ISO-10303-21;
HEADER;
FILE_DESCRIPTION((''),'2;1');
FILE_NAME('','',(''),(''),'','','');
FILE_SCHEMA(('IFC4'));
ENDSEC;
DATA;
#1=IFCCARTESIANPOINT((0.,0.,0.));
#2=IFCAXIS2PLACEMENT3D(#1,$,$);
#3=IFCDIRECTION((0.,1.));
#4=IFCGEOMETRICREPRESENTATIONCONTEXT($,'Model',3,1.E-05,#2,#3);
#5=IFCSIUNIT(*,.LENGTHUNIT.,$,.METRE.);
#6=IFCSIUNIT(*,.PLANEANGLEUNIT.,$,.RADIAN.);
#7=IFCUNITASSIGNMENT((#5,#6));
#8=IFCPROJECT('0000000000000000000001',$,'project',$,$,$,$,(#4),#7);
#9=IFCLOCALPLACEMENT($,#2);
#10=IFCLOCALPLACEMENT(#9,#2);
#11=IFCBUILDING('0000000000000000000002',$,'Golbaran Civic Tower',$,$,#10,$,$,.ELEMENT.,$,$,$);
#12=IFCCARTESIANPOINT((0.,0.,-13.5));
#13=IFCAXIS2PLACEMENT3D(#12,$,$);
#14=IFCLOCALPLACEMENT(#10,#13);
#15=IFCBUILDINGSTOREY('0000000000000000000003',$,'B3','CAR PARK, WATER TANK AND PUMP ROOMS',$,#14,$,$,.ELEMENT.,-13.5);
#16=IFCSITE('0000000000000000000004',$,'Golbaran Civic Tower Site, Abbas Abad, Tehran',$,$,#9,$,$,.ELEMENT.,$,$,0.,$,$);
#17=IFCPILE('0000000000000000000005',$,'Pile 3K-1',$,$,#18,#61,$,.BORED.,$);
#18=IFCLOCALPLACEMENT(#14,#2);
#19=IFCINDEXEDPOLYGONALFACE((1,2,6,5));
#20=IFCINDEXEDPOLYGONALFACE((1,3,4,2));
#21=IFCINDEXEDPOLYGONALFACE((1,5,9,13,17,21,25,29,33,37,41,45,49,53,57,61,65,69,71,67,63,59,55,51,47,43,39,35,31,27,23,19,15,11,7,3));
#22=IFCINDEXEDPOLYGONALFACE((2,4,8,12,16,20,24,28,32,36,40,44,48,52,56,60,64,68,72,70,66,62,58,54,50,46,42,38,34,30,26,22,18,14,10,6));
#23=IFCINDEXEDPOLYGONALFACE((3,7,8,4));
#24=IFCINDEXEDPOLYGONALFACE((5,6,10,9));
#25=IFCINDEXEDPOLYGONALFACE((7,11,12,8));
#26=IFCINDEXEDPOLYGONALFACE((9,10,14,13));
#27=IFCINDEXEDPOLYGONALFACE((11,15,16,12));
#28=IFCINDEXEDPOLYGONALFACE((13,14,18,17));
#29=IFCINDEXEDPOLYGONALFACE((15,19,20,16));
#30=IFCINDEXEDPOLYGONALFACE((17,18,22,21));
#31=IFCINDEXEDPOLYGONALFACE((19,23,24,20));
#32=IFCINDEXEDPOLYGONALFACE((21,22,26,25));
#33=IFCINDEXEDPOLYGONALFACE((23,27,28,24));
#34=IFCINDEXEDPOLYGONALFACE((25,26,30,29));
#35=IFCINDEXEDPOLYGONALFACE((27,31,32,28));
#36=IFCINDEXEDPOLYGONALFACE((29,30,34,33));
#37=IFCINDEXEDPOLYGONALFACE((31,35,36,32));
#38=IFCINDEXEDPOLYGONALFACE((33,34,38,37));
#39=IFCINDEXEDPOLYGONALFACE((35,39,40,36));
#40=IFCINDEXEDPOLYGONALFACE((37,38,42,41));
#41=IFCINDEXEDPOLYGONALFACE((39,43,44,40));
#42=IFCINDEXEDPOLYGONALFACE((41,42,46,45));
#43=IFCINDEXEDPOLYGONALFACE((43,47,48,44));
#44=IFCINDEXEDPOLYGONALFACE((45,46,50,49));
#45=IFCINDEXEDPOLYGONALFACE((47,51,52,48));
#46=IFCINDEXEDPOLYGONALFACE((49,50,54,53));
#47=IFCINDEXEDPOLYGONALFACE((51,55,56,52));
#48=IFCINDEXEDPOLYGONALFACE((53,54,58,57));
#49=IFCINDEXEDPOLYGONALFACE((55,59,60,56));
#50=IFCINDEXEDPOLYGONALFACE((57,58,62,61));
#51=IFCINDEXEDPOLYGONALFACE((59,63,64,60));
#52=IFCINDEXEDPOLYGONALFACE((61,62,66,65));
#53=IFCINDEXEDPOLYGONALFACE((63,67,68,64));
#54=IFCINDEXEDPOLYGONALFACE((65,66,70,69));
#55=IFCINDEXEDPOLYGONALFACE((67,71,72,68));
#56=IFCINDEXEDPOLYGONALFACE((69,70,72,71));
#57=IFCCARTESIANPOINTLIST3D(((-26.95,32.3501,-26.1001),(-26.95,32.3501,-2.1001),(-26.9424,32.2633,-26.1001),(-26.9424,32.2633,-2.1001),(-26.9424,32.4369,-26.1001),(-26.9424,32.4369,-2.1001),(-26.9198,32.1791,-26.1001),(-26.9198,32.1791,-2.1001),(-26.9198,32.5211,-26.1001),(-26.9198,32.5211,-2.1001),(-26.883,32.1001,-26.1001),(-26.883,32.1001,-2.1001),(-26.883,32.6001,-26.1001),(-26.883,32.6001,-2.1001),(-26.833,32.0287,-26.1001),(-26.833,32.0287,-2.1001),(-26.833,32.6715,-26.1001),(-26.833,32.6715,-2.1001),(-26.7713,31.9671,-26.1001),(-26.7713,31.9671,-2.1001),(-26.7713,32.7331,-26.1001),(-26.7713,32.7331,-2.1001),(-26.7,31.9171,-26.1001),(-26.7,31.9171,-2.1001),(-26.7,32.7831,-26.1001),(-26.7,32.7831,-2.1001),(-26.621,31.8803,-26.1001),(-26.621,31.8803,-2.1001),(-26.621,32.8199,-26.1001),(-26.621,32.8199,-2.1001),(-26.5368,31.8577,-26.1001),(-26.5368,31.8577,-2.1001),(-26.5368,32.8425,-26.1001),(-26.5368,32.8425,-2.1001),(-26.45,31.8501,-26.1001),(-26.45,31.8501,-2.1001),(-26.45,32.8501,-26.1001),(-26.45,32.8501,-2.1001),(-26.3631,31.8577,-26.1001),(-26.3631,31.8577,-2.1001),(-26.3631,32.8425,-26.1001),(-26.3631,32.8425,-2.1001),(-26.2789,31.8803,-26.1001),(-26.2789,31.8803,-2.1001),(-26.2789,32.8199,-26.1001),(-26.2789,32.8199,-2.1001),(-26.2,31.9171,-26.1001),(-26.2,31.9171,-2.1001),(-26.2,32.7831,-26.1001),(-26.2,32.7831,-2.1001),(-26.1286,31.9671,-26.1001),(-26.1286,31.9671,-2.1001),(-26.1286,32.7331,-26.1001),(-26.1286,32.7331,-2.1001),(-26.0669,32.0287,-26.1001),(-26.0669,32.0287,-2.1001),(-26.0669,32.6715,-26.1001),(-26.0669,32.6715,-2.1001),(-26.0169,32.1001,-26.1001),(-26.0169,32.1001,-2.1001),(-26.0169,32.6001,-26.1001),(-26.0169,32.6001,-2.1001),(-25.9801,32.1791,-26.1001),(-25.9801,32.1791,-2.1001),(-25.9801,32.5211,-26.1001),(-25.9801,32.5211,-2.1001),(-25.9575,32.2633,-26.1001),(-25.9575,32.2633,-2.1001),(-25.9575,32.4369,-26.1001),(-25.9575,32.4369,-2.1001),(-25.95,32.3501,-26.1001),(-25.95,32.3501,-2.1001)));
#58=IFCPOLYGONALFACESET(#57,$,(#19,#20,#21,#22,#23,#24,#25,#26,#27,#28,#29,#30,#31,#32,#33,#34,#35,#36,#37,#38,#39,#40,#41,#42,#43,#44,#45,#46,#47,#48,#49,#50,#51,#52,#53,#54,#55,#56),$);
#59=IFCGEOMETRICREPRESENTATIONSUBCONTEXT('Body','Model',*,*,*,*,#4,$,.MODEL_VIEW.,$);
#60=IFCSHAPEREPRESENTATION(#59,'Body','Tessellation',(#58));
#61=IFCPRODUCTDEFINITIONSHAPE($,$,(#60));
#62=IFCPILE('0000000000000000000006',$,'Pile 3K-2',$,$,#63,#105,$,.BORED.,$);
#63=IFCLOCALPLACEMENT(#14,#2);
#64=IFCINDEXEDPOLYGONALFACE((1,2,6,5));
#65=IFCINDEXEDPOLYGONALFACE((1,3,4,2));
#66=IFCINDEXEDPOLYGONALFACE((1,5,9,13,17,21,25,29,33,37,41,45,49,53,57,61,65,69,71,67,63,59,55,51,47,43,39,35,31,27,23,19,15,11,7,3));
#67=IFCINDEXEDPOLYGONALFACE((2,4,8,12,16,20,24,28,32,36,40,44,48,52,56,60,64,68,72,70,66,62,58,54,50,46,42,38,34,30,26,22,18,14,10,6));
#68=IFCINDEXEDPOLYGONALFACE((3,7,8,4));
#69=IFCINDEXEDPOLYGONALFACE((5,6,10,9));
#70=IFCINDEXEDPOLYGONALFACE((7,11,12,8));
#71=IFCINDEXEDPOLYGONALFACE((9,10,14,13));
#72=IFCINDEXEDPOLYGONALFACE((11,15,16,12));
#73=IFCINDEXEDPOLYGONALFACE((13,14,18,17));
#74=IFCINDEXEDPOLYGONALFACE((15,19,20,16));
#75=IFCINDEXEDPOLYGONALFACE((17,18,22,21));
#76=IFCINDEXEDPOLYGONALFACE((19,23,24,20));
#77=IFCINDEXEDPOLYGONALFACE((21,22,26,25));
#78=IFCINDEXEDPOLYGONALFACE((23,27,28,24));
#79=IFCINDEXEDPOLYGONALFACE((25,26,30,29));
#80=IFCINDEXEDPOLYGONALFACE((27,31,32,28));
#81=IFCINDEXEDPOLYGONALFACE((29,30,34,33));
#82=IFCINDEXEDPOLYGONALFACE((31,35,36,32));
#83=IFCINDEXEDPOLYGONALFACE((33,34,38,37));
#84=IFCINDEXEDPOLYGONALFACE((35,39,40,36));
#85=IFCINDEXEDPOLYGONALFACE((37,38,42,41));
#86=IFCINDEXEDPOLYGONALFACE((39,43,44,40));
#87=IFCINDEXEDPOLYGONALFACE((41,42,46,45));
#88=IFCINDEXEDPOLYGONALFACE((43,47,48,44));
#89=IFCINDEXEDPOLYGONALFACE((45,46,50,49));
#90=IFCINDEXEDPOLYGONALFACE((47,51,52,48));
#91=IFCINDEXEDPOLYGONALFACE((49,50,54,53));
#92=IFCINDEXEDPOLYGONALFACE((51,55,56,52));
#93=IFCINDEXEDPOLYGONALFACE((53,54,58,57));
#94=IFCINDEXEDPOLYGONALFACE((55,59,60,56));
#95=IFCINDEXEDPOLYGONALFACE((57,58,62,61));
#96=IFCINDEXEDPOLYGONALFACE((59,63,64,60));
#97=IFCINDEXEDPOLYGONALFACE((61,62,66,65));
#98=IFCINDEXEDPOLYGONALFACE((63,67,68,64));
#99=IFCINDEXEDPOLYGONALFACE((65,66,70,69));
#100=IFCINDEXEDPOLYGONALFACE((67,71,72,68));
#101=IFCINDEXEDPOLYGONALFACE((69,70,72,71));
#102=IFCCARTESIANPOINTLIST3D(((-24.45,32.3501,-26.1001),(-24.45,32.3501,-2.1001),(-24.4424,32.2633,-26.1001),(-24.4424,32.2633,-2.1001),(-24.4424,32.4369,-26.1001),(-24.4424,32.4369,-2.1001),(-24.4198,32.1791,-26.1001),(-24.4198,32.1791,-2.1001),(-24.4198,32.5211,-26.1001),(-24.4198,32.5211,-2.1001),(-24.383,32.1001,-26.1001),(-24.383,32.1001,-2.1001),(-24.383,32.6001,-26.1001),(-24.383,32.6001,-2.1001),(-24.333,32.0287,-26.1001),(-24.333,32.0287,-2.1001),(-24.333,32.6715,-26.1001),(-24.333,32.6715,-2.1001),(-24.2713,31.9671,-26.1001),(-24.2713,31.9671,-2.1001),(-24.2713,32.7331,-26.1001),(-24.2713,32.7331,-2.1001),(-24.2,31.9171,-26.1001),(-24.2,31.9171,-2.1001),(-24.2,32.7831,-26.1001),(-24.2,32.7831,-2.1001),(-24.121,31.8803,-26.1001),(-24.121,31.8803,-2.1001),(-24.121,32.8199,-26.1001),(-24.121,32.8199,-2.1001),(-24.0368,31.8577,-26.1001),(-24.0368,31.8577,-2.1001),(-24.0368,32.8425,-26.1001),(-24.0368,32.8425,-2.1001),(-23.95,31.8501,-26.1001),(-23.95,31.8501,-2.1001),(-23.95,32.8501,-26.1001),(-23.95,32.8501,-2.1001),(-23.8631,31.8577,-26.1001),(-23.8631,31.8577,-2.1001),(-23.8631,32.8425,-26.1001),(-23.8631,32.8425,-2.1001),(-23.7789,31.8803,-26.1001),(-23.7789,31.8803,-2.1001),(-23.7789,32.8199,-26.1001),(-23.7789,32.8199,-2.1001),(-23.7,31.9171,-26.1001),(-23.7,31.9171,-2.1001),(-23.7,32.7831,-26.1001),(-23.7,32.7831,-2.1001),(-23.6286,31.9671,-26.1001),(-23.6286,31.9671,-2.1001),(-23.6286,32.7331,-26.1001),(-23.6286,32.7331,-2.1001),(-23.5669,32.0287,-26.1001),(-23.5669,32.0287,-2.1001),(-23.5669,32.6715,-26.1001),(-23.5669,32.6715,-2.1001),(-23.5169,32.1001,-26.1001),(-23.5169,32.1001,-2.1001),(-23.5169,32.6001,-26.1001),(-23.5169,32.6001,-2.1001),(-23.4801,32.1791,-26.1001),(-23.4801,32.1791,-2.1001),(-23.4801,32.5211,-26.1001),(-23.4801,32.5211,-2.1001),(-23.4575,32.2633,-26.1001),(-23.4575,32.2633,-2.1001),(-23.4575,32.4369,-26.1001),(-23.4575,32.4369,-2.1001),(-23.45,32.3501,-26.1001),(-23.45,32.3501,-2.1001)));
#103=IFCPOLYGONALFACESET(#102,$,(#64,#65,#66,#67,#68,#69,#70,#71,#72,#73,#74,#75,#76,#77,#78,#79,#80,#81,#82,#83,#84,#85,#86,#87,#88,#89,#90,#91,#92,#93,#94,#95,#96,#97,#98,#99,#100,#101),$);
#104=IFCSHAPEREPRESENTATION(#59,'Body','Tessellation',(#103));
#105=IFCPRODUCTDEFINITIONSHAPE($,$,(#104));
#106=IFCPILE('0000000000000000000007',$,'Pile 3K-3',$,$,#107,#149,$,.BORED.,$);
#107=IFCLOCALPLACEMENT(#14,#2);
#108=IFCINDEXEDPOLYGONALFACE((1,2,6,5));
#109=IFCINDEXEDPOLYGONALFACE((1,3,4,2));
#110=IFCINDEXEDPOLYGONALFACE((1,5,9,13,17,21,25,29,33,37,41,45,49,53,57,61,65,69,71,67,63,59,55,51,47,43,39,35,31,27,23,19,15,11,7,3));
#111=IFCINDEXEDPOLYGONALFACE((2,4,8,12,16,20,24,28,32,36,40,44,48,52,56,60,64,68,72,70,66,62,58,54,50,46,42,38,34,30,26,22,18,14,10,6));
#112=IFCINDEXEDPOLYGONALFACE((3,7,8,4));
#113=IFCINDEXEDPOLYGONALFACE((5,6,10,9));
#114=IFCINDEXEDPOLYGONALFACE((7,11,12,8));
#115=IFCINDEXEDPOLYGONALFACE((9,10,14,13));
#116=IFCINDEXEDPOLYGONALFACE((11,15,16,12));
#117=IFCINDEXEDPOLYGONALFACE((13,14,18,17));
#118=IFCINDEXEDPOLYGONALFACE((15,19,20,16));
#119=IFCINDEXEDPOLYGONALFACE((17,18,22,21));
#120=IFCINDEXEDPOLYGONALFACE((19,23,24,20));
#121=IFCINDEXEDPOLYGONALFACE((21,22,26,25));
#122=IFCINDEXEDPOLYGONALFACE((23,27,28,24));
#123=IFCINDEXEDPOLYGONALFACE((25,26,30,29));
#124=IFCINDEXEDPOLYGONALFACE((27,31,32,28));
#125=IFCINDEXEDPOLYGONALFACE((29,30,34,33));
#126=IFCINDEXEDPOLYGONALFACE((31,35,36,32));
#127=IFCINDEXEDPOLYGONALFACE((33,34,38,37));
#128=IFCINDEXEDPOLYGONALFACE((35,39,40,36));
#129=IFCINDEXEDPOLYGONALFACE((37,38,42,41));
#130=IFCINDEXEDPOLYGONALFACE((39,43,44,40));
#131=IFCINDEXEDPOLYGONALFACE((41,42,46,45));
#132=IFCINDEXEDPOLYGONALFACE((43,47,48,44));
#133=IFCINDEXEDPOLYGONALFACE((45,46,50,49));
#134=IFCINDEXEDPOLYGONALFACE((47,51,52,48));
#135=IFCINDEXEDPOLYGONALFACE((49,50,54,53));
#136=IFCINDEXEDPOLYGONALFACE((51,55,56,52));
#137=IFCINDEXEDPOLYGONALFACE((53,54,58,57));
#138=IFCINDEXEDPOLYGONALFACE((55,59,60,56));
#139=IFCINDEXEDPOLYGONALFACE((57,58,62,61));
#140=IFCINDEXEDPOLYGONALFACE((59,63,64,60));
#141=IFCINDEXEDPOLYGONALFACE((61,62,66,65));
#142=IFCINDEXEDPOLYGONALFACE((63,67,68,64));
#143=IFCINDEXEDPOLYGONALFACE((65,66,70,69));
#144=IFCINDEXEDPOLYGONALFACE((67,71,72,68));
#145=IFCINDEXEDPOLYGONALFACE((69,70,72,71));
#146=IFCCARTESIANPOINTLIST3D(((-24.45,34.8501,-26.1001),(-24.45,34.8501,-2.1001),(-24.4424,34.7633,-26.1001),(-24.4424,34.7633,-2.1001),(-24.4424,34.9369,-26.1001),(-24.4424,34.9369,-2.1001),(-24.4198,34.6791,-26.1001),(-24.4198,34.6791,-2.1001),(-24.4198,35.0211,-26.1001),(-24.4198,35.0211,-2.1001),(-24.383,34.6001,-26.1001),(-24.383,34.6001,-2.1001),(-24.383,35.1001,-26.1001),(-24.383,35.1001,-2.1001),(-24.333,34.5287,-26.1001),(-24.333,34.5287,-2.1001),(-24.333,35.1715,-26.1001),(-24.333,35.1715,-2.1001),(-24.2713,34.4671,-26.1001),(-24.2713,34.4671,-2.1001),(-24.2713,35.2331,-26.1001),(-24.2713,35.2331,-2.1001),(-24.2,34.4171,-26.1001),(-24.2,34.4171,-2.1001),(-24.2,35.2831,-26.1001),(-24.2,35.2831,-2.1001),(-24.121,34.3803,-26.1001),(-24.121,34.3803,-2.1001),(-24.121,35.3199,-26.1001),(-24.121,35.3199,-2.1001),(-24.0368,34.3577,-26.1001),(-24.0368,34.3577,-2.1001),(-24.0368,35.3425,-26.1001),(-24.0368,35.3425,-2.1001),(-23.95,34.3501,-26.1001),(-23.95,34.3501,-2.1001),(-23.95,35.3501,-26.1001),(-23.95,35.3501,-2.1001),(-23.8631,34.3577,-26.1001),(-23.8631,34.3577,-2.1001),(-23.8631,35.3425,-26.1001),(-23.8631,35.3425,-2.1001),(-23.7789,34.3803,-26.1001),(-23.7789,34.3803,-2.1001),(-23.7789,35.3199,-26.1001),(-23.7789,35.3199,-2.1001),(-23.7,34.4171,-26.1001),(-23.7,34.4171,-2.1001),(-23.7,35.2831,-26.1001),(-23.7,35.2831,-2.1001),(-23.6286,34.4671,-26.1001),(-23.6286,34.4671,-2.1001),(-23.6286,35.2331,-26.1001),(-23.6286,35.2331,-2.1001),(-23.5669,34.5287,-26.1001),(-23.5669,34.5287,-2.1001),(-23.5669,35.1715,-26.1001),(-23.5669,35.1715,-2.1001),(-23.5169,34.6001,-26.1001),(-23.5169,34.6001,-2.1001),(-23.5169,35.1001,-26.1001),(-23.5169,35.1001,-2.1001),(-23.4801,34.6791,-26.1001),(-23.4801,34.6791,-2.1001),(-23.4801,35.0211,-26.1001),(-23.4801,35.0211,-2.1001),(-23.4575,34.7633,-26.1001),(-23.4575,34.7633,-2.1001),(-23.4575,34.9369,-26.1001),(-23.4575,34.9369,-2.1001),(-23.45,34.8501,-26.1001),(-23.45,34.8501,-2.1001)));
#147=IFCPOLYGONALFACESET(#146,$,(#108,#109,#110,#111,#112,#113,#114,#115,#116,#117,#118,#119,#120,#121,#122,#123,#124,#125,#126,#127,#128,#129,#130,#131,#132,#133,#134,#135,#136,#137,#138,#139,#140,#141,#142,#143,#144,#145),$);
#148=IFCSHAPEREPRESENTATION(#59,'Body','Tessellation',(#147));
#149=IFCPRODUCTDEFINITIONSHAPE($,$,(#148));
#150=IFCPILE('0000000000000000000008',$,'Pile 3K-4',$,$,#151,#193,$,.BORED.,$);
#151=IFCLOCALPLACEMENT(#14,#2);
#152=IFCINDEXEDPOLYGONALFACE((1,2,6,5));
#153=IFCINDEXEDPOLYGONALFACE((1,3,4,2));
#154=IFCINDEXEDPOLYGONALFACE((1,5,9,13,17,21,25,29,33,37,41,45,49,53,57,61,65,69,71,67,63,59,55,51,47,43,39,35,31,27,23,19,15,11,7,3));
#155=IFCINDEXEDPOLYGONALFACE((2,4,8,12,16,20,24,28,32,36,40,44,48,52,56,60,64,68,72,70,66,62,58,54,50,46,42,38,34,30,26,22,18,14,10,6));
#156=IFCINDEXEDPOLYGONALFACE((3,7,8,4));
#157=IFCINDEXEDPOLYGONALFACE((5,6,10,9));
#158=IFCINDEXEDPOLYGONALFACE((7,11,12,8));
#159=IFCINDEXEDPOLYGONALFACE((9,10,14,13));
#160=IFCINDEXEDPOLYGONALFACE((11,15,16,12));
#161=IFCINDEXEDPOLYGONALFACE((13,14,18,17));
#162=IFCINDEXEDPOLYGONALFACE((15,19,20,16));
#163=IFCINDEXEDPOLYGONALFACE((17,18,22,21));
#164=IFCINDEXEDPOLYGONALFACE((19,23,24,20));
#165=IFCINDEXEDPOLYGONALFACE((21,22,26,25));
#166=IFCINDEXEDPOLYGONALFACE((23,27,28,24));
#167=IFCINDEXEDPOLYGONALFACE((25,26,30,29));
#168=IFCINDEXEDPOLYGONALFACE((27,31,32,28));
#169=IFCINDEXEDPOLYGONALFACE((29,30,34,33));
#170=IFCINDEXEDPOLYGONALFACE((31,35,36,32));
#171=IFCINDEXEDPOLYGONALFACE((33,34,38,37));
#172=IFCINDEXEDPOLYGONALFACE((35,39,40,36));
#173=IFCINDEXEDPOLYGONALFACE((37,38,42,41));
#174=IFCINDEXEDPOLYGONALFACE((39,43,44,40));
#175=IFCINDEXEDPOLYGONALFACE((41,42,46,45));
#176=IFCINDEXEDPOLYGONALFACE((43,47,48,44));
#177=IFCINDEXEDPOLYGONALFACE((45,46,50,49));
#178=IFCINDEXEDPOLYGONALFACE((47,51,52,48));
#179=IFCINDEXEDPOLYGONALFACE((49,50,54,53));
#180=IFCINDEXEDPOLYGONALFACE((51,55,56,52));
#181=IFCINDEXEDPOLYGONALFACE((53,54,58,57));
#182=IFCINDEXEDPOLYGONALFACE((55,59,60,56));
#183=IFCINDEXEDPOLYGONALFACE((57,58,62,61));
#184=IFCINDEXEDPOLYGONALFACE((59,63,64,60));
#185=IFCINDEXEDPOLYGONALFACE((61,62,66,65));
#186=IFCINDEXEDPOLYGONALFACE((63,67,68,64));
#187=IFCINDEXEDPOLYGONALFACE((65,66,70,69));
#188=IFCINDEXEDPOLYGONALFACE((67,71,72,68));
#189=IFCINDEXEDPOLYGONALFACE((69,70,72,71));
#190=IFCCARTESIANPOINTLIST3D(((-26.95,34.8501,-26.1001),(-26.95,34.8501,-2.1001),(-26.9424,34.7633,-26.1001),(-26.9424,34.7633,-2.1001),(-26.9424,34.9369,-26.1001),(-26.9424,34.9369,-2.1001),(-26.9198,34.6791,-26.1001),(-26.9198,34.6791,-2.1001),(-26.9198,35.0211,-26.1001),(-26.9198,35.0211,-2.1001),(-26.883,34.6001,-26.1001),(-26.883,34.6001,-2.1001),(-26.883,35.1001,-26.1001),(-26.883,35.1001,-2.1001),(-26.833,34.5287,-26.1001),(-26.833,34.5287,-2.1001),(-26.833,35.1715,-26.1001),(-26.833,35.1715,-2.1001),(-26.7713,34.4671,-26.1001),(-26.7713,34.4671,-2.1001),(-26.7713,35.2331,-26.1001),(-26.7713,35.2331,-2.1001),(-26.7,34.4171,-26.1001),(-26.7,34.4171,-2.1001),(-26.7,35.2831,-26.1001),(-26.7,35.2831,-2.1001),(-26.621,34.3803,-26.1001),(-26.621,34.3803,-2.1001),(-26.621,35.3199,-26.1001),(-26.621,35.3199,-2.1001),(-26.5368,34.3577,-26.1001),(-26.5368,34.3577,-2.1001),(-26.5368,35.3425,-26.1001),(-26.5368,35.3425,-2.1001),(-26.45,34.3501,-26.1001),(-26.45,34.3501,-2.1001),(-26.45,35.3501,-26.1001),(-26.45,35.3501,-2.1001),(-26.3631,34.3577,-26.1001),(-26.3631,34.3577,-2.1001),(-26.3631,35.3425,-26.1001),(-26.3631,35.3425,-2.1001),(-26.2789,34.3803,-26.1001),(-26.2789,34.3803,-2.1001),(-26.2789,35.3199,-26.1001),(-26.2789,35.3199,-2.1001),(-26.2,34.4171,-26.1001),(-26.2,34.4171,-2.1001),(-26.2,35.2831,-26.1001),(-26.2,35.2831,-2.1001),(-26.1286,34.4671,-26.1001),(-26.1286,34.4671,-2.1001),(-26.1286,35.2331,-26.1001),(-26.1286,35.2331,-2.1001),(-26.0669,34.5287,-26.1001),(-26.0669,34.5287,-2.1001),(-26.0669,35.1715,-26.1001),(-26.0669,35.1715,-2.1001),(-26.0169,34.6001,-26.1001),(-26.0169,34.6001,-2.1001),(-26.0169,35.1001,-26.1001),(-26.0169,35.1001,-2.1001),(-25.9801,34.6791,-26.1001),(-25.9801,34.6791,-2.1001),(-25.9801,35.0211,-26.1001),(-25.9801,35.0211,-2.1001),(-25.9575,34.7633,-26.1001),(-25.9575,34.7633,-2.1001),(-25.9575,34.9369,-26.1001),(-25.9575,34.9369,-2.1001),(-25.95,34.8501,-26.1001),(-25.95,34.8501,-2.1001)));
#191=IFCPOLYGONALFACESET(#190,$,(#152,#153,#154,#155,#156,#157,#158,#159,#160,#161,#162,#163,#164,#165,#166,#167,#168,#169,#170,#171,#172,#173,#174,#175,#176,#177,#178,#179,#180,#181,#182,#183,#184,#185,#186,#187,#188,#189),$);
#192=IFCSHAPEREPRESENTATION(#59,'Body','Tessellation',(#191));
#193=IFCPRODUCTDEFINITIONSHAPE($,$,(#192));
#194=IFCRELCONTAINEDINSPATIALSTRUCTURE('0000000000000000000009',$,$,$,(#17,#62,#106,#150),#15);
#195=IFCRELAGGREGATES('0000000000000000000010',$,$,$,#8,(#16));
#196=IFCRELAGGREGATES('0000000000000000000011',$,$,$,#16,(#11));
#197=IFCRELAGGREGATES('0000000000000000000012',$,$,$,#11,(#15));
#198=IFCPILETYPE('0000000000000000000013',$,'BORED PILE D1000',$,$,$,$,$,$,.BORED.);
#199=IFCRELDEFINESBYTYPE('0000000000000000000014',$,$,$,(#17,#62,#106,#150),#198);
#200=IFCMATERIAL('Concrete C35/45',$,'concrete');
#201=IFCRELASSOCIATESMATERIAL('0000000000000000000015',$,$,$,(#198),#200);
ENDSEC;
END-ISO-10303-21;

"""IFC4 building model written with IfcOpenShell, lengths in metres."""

from ifc_helpers import new_model, si_unit, direction, frame, origin, origin_2d, place, context, subcontext, project, spatial, circle, extrude, material, material_profile, profile_set, type_object, element, save


model = new_model("IFC4")

# Units and contexts
model_context = context("Model", 3, precision=1e-05, world=origin(), true_north=direction((0.0, 1.0)))
body_context = subcontext(model_context, "Body", "Model", "MODEL_VIEW")
ifc_project = project(units=[si_unit("LENGTHUNIT", "METRE"), si_unit("PLANEANGLEUNIT", "RADIAN")], contexts=[model_context])

# Site, building, storey
site_placement = place(None, origin())
site = spatial("IfcSite", under=ifc_project, at=site_placement, Name="Golbaran Civic Tower Site, Abbas Abad, Tehran", CompositionType="ELEMENT", RefElevation=0.0)
building_placement = place(site_placement, origin())
building = spatial("IfcBuilding", under=site, at=building_placement, Name="Golbaran Civic Tower", CompositionType="ELEMENT")
storey_placement = place(building_placement, frame((0.0, 0.0, -13.5)))
storey = spatial("IfcBuildingStorey", under=building, at=storey_placement, Name="B3", Description="CAR PARK, WATER TANK AND PUMP ROOMS", CompositionType="ELEMENT", Elevation=-13.5)

# Piles
ifc_material_1 = material(Name="Concrete C35/45", Category="concrete")
ifc_material_profile_1 = material_profile(ifc_material_1, circle(Radius=0.5, at=origin_2d()), Name="BORED PILE D1000")
ifc_profile_set_1 = profile_set([ifc_material_profile_1], Name="Concrete C35/45")
pile_type = type_object("IfcPileType", Name="BORED PILE D1000", PredefinedType="BORED", material=ifc_profile_set_1)
for number, where, z_axis, x_axis, name in (
    (1, (-26.45, 32.3501, -2.1001), (0.0, 0.0, -1.0), (1.0, 0.0, 0.0), "Pile 3K-1"),
    (2, (-23.95, 32.3501, -2.1001), (0.0, 0.0, -1.0), (1.0, 0.0, 0.0), "Pile 3K-2"),
    (3, (-23.95, 34.8501, -2.1001), (0.0, 0.0, -1.0), (1.0, 0.0, 0.0), "Pile 3K-3"),
    (4, (-26.45, 34.8501, -2.1001), (0.0, 0.0, -1.0), (1.0, 0.0, 0.0), "Pile 3K-4"),
):
    element("IfcPile", number, at=place(storey_placement, frame(where, z_axis=z_axis, x_axis=x_axis)), inside=storey, type_object=pile_type, Name=name, PredefinedType="BORED", context=body_context, shape_type="SweptSolid", body=[
        extrude(circle(Radius=0.5, at=origin_2d()), origin(), (0.0, 0.0, 1.0), 24.0),
    ])

save(model, "model.ifc")
